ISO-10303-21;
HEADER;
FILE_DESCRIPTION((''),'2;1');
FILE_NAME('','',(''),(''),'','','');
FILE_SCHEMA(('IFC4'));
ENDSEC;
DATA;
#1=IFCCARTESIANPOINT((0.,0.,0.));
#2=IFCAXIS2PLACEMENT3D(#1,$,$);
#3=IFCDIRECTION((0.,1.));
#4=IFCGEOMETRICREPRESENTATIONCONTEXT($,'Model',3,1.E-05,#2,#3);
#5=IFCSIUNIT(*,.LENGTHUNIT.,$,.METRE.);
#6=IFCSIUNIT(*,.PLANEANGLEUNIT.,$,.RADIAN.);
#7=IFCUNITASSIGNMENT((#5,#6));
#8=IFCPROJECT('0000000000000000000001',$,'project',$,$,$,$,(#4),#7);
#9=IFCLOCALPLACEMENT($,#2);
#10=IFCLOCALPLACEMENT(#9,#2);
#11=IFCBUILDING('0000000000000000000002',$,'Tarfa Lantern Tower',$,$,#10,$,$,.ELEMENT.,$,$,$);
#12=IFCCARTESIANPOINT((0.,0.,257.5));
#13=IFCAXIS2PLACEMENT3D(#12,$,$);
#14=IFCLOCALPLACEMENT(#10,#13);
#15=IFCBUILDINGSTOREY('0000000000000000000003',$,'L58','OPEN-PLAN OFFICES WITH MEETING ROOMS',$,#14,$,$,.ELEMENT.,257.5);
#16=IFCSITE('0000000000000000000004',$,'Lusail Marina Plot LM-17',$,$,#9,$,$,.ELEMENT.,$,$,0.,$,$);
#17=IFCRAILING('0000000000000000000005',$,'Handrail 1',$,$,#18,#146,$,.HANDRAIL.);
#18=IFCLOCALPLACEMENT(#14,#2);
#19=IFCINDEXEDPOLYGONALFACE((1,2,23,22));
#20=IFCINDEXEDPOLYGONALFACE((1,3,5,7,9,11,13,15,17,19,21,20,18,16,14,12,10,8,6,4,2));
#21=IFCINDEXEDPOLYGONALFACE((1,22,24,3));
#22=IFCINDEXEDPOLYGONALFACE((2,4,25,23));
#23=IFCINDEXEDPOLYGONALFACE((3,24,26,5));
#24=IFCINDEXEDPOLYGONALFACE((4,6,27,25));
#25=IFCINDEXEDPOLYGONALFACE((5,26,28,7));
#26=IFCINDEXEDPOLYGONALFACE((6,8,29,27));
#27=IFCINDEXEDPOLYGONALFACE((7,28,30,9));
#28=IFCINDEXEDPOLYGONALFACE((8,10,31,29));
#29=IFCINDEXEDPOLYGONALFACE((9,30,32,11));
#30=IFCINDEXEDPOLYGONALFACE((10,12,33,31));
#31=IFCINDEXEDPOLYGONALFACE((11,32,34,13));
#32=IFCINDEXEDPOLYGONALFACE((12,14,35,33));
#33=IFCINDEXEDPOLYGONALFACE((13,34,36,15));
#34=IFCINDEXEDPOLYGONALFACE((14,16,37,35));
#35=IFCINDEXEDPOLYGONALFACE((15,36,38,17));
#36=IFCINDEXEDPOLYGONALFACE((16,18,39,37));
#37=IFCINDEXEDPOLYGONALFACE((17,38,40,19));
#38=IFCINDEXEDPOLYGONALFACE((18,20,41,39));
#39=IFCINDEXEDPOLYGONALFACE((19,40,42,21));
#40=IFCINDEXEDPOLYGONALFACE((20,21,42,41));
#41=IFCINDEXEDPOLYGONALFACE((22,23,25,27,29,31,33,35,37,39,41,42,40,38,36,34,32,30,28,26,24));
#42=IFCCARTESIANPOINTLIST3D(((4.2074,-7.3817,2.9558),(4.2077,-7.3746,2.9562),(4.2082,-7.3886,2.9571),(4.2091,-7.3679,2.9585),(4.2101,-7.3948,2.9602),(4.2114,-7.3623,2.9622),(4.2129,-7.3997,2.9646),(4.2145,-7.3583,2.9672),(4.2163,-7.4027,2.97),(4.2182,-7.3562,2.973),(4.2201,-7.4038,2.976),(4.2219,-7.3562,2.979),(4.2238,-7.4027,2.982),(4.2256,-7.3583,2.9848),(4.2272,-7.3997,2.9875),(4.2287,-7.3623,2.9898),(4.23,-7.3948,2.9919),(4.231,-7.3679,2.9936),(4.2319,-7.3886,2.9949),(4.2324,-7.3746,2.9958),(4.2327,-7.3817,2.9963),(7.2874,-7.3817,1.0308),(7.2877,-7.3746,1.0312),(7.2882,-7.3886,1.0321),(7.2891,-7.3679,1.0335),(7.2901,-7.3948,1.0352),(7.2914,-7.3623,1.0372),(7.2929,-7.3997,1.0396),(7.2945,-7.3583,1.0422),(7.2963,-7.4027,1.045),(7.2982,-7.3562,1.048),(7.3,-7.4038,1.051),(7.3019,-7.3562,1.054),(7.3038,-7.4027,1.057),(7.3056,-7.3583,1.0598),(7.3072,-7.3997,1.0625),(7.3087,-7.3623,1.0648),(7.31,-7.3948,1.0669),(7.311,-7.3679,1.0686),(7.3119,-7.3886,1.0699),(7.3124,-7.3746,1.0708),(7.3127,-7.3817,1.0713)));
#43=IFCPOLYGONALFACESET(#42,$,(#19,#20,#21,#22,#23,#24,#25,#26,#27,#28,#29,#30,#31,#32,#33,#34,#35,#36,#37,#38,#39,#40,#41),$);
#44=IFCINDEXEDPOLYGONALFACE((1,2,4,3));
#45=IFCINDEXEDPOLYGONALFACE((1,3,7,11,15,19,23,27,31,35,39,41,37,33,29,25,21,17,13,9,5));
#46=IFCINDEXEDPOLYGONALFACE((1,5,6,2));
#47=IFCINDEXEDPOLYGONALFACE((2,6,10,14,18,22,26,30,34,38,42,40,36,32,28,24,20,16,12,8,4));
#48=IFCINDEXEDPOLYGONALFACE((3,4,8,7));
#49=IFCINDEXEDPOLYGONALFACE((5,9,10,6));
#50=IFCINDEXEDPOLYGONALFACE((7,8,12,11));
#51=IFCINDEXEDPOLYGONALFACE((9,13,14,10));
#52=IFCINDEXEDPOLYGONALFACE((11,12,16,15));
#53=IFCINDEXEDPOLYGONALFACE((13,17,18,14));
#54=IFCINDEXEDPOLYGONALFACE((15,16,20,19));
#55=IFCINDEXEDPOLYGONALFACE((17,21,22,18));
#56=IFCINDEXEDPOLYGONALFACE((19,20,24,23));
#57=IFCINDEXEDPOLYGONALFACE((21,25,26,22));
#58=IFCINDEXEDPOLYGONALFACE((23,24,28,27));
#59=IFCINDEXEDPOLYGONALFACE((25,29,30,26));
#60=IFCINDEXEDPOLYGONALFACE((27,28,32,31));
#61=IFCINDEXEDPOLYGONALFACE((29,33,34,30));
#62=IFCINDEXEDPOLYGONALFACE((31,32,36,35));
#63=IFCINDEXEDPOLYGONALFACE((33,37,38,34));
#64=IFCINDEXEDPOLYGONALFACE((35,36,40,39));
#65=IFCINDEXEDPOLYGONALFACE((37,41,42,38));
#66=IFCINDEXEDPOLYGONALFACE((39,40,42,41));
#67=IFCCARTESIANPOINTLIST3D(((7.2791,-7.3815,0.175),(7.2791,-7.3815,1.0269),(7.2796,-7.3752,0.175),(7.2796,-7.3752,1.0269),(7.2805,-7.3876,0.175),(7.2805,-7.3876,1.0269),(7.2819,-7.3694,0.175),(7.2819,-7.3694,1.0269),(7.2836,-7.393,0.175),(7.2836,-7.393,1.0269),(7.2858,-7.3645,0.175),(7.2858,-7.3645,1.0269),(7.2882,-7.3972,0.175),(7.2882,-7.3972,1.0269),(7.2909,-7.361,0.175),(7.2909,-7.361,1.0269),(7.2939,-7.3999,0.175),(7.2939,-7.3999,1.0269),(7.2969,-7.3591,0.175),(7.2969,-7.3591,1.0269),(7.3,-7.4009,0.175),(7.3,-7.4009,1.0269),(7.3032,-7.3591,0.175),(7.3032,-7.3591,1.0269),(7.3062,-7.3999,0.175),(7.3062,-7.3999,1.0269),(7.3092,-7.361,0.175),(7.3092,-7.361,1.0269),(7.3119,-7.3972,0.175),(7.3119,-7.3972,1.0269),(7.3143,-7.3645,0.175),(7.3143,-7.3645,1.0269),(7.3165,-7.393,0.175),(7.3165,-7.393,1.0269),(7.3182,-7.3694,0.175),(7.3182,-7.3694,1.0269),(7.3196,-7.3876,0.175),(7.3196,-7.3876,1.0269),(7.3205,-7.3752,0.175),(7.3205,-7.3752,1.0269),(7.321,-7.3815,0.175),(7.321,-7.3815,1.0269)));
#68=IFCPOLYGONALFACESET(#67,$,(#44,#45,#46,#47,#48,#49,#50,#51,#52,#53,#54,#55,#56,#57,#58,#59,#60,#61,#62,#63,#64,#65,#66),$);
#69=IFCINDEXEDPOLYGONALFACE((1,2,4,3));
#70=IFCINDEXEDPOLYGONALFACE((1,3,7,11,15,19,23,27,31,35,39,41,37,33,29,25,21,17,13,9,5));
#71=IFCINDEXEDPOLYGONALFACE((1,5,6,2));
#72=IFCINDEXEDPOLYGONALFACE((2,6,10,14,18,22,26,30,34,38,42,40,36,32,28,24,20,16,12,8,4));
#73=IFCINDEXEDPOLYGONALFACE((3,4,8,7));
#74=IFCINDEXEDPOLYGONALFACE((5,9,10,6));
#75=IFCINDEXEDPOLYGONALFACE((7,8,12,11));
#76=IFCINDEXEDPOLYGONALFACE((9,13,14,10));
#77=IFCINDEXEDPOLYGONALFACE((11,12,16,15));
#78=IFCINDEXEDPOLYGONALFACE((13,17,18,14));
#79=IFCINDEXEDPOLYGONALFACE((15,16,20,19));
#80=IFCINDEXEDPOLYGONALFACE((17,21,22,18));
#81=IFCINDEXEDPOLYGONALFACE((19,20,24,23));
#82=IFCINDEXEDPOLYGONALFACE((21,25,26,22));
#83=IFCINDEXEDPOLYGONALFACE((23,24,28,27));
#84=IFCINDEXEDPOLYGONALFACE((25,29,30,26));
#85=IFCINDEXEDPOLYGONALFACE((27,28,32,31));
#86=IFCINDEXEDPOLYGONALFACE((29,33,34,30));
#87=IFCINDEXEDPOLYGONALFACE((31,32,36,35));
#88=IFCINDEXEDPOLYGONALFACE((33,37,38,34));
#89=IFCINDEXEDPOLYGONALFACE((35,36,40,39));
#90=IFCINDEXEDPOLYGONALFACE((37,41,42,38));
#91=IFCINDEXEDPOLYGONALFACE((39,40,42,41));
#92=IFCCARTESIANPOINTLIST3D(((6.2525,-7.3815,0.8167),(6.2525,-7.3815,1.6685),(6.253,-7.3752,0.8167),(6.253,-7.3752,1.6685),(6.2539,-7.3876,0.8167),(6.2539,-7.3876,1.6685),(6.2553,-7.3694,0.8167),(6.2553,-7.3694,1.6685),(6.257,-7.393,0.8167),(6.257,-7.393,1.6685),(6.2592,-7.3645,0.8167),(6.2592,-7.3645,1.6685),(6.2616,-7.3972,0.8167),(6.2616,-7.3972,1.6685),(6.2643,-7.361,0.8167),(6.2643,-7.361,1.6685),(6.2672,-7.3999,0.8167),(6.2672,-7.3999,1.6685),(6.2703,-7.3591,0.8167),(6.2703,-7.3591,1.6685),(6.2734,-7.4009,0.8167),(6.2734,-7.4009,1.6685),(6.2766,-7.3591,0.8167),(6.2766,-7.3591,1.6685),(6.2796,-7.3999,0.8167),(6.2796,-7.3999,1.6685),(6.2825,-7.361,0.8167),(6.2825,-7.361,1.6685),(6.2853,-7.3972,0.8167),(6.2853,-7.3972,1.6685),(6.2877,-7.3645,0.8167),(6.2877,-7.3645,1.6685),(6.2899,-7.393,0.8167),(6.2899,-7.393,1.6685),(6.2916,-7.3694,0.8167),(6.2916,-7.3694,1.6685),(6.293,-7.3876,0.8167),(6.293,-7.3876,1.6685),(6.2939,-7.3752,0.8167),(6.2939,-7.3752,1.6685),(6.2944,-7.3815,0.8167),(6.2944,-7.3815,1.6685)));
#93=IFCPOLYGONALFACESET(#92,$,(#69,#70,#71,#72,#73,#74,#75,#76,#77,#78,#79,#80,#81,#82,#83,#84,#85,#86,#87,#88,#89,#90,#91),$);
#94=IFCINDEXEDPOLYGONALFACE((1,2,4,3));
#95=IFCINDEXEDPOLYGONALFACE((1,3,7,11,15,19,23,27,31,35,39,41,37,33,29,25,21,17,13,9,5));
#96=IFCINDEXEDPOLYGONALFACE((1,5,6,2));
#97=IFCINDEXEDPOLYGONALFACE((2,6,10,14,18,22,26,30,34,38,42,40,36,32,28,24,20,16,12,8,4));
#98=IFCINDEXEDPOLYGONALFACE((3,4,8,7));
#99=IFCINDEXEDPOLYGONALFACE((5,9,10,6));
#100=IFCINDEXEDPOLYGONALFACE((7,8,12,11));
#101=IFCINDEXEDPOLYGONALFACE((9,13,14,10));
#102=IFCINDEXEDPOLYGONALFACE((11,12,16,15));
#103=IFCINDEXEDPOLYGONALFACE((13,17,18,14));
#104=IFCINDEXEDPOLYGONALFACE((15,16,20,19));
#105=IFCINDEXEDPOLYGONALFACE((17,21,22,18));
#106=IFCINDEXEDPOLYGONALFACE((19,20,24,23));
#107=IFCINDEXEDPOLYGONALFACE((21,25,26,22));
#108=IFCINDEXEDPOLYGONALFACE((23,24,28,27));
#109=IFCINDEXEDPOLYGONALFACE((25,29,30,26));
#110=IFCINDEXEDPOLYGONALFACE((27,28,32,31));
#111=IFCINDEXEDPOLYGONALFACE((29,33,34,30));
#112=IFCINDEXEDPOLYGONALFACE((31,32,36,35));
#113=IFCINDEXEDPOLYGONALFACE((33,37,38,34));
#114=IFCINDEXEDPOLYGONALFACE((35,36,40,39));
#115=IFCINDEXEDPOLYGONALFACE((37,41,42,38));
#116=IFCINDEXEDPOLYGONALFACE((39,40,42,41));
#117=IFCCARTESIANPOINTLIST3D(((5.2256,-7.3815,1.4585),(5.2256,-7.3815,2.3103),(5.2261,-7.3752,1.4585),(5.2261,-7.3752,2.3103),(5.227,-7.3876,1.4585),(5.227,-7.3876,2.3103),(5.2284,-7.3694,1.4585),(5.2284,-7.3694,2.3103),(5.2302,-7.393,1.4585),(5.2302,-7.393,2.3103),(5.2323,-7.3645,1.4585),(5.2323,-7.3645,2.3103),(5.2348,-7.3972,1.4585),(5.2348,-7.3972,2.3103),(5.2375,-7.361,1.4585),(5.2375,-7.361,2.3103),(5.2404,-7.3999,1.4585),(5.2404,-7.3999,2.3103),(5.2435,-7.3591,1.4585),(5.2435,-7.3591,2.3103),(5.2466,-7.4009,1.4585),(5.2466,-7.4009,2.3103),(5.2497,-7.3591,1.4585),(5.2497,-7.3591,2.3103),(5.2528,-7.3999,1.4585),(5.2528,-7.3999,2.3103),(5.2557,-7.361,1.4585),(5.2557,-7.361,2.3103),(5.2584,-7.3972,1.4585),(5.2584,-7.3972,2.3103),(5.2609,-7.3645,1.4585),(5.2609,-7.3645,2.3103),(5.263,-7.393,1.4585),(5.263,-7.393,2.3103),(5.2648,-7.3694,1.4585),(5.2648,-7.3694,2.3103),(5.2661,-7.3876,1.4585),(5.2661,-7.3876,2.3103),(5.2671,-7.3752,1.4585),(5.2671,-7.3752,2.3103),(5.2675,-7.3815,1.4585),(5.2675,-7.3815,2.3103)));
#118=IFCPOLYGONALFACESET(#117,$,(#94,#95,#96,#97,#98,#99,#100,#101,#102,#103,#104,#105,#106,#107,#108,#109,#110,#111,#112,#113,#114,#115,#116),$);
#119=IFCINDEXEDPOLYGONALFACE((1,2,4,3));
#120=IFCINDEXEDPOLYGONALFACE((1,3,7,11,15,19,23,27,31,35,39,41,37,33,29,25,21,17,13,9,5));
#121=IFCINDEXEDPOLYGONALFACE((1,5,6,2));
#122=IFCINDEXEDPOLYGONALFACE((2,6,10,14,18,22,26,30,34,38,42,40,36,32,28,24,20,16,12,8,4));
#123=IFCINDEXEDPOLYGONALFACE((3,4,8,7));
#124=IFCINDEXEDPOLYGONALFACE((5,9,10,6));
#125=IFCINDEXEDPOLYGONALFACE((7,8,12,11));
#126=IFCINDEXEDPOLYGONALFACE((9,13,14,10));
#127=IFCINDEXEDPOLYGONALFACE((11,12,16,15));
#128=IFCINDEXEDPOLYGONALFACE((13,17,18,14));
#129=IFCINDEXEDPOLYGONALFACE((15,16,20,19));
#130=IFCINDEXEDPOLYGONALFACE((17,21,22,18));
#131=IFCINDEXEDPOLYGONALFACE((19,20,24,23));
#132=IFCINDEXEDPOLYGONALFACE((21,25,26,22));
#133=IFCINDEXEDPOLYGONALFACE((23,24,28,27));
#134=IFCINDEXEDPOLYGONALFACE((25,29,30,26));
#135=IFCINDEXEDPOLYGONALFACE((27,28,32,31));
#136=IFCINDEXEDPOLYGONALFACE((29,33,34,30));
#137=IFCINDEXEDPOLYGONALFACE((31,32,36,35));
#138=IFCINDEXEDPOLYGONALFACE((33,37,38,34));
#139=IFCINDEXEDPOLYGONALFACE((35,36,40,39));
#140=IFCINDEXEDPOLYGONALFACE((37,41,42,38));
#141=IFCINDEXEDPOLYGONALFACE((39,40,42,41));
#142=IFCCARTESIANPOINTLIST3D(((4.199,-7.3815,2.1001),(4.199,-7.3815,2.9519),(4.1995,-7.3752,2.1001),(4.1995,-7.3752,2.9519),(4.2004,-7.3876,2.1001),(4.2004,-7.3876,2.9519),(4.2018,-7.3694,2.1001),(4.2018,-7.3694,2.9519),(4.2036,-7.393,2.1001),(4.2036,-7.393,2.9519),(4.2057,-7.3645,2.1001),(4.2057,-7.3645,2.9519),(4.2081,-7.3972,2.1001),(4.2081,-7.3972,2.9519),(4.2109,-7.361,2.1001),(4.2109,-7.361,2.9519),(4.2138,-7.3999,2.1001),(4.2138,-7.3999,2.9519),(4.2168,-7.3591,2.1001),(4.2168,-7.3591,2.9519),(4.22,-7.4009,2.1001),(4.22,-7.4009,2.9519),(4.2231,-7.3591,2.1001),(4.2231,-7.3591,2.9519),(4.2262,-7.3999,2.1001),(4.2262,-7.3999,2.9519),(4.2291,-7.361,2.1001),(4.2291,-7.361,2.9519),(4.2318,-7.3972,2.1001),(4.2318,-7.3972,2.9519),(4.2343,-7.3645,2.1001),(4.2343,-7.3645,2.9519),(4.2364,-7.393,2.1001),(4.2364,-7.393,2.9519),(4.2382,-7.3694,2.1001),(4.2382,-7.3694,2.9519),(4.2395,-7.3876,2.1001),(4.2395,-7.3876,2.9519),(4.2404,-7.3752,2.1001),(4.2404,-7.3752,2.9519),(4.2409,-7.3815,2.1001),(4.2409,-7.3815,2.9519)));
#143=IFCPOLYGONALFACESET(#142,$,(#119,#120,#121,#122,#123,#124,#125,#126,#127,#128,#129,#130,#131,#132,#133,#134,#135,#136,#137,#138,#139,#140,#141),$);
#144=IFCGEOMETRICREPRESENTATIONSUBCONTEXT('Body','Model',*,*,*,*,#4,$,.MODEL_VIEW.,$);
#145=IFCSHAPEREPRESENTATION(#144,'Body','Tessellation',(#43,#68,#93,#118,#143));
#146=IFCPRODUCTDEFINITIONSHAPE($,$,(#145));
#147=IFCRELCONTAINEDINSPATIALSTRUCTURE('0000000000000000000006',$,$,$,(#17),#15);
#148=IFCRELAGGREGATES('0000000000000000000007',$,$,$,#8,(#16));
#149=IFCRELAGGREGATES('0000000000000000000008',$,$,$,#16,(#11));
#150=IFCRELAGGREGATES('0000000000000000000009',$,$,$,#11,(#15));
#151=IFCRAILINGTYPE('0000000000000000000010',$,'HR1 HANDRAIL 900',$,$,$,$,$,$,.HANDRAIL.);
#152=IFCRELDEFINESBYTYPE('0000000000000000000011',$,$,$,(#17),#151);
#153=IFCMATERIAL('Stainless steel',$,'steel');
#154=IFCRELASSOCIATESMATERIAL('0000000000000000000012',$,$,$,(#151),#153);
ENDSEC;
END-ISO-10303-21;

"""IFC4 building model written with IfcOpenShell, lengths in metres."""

from ifc_helpers import new_model, si_unit, direction, frame, origin, origin_2d, place, context, subcontext, project, spatial, circle, extrude, material, type_object, element, save


model = new_model("IFC4")

# Units and contexts
model_context = context("Model", 3, precision=1e-05, world=origin(), true_north=direction((0.0, 1.0)))
body_context = subcontext(model_context, "Body", "Model", "MODEL_VIEW")
ifc_project = project(units=[si_unit("LENGTHUNIT", "METRE"), si_unit("PLANEANGLEUNIT", "RADIAN")], contexts=[model_context])

# Site, building, storey
site_placement = place(None, origin())
site = spatial("IfcSite", under=ifc_project, at=site_placement, Name="Lusail Marina Plot LM-17", CompositionType="ELEMENT", RefElevation=0.0)
building_placement = place(site_placement, origin())
building = spatial("IfcBuilding", under=site, at=building_placement, Name="Tarfa Lantern Tower", CompositionType="ELEMENT")
storey_placement = place(building_placement, frame((0.0, 0.0, 257.5)))
storey = spatial("IfcBuildingStorey", under=building, at=storey_placement, Name="L58", Description="OPEN-PLAN OFFICES WITH MEETING ROOMS", CompositionType="ELEMENT", Elevation=257.5)

# Railing
ifc_material_1 = material(Name="Stainless steel", Category="steel")
railing_type = type_object("IfcRailingType", Name="HR1 HANDRAIL 900", PredefinedType="HANDRAIL", material=ifc_material_1)
railing_placement = place(storey_placement, frame((7.3, -7.3799, 0.175)))
element("IfcRailing", 1, at=railing_placement, inside=storey, type_object=railing_type, Name="Handrail 1", PredefinedType="HANDRAIL", context=body_context, shape_type="SweptSolid", body=[
    extrude(circle(Radius=0.0239, at=origin_2d()), frame((0.0, 0.0, 0.876), z_axis=(-0.847998, 0.0, 0.529999), x_axis=(0.0, -1.0, 0.0)), (0.0, 0.0, 1.0), 3.6321),
    extrude(circle(Radius=0.021, at=origin_2d()), frame((0.0, 0.0, 0.0), z_axis=(0.0, 0.0, 1.0), x_axis=(0.0, -1.0, 0.0)), (0.0, 0.0, 1.0), 0.8518),
    extrude(circle(Radius=0.021, at=origin_2d()), frame((-1.0266, 0.0, 0.6416), z_axis=(0.0, 0.0, 1.0), x_axis=(0.0, -1.0, 0.0)), (0.0, 0.0, 1.0), 0.8518),
    extrude(circle(Radius=0.021, at=origin_2d()), frame((-2.0535, 0.0, 1.2834), z_axis=(0.0, 0.0, 1.0), x_axis=(0.0, -1.0, 0.0)), (0.0, 0.0, 1.0), 0.8518),
    extrude(circle(Radius=0.021, at=origin_2d()), frame((-3.0801, 0.0, 1.925), z_axis=(0.0, 0.0, 1.0), x_axis=(0.0, -1.0, 0.0)), (0.0, 0.0, 1.0), 0.8518),
])

save(model, "model.ifc")
